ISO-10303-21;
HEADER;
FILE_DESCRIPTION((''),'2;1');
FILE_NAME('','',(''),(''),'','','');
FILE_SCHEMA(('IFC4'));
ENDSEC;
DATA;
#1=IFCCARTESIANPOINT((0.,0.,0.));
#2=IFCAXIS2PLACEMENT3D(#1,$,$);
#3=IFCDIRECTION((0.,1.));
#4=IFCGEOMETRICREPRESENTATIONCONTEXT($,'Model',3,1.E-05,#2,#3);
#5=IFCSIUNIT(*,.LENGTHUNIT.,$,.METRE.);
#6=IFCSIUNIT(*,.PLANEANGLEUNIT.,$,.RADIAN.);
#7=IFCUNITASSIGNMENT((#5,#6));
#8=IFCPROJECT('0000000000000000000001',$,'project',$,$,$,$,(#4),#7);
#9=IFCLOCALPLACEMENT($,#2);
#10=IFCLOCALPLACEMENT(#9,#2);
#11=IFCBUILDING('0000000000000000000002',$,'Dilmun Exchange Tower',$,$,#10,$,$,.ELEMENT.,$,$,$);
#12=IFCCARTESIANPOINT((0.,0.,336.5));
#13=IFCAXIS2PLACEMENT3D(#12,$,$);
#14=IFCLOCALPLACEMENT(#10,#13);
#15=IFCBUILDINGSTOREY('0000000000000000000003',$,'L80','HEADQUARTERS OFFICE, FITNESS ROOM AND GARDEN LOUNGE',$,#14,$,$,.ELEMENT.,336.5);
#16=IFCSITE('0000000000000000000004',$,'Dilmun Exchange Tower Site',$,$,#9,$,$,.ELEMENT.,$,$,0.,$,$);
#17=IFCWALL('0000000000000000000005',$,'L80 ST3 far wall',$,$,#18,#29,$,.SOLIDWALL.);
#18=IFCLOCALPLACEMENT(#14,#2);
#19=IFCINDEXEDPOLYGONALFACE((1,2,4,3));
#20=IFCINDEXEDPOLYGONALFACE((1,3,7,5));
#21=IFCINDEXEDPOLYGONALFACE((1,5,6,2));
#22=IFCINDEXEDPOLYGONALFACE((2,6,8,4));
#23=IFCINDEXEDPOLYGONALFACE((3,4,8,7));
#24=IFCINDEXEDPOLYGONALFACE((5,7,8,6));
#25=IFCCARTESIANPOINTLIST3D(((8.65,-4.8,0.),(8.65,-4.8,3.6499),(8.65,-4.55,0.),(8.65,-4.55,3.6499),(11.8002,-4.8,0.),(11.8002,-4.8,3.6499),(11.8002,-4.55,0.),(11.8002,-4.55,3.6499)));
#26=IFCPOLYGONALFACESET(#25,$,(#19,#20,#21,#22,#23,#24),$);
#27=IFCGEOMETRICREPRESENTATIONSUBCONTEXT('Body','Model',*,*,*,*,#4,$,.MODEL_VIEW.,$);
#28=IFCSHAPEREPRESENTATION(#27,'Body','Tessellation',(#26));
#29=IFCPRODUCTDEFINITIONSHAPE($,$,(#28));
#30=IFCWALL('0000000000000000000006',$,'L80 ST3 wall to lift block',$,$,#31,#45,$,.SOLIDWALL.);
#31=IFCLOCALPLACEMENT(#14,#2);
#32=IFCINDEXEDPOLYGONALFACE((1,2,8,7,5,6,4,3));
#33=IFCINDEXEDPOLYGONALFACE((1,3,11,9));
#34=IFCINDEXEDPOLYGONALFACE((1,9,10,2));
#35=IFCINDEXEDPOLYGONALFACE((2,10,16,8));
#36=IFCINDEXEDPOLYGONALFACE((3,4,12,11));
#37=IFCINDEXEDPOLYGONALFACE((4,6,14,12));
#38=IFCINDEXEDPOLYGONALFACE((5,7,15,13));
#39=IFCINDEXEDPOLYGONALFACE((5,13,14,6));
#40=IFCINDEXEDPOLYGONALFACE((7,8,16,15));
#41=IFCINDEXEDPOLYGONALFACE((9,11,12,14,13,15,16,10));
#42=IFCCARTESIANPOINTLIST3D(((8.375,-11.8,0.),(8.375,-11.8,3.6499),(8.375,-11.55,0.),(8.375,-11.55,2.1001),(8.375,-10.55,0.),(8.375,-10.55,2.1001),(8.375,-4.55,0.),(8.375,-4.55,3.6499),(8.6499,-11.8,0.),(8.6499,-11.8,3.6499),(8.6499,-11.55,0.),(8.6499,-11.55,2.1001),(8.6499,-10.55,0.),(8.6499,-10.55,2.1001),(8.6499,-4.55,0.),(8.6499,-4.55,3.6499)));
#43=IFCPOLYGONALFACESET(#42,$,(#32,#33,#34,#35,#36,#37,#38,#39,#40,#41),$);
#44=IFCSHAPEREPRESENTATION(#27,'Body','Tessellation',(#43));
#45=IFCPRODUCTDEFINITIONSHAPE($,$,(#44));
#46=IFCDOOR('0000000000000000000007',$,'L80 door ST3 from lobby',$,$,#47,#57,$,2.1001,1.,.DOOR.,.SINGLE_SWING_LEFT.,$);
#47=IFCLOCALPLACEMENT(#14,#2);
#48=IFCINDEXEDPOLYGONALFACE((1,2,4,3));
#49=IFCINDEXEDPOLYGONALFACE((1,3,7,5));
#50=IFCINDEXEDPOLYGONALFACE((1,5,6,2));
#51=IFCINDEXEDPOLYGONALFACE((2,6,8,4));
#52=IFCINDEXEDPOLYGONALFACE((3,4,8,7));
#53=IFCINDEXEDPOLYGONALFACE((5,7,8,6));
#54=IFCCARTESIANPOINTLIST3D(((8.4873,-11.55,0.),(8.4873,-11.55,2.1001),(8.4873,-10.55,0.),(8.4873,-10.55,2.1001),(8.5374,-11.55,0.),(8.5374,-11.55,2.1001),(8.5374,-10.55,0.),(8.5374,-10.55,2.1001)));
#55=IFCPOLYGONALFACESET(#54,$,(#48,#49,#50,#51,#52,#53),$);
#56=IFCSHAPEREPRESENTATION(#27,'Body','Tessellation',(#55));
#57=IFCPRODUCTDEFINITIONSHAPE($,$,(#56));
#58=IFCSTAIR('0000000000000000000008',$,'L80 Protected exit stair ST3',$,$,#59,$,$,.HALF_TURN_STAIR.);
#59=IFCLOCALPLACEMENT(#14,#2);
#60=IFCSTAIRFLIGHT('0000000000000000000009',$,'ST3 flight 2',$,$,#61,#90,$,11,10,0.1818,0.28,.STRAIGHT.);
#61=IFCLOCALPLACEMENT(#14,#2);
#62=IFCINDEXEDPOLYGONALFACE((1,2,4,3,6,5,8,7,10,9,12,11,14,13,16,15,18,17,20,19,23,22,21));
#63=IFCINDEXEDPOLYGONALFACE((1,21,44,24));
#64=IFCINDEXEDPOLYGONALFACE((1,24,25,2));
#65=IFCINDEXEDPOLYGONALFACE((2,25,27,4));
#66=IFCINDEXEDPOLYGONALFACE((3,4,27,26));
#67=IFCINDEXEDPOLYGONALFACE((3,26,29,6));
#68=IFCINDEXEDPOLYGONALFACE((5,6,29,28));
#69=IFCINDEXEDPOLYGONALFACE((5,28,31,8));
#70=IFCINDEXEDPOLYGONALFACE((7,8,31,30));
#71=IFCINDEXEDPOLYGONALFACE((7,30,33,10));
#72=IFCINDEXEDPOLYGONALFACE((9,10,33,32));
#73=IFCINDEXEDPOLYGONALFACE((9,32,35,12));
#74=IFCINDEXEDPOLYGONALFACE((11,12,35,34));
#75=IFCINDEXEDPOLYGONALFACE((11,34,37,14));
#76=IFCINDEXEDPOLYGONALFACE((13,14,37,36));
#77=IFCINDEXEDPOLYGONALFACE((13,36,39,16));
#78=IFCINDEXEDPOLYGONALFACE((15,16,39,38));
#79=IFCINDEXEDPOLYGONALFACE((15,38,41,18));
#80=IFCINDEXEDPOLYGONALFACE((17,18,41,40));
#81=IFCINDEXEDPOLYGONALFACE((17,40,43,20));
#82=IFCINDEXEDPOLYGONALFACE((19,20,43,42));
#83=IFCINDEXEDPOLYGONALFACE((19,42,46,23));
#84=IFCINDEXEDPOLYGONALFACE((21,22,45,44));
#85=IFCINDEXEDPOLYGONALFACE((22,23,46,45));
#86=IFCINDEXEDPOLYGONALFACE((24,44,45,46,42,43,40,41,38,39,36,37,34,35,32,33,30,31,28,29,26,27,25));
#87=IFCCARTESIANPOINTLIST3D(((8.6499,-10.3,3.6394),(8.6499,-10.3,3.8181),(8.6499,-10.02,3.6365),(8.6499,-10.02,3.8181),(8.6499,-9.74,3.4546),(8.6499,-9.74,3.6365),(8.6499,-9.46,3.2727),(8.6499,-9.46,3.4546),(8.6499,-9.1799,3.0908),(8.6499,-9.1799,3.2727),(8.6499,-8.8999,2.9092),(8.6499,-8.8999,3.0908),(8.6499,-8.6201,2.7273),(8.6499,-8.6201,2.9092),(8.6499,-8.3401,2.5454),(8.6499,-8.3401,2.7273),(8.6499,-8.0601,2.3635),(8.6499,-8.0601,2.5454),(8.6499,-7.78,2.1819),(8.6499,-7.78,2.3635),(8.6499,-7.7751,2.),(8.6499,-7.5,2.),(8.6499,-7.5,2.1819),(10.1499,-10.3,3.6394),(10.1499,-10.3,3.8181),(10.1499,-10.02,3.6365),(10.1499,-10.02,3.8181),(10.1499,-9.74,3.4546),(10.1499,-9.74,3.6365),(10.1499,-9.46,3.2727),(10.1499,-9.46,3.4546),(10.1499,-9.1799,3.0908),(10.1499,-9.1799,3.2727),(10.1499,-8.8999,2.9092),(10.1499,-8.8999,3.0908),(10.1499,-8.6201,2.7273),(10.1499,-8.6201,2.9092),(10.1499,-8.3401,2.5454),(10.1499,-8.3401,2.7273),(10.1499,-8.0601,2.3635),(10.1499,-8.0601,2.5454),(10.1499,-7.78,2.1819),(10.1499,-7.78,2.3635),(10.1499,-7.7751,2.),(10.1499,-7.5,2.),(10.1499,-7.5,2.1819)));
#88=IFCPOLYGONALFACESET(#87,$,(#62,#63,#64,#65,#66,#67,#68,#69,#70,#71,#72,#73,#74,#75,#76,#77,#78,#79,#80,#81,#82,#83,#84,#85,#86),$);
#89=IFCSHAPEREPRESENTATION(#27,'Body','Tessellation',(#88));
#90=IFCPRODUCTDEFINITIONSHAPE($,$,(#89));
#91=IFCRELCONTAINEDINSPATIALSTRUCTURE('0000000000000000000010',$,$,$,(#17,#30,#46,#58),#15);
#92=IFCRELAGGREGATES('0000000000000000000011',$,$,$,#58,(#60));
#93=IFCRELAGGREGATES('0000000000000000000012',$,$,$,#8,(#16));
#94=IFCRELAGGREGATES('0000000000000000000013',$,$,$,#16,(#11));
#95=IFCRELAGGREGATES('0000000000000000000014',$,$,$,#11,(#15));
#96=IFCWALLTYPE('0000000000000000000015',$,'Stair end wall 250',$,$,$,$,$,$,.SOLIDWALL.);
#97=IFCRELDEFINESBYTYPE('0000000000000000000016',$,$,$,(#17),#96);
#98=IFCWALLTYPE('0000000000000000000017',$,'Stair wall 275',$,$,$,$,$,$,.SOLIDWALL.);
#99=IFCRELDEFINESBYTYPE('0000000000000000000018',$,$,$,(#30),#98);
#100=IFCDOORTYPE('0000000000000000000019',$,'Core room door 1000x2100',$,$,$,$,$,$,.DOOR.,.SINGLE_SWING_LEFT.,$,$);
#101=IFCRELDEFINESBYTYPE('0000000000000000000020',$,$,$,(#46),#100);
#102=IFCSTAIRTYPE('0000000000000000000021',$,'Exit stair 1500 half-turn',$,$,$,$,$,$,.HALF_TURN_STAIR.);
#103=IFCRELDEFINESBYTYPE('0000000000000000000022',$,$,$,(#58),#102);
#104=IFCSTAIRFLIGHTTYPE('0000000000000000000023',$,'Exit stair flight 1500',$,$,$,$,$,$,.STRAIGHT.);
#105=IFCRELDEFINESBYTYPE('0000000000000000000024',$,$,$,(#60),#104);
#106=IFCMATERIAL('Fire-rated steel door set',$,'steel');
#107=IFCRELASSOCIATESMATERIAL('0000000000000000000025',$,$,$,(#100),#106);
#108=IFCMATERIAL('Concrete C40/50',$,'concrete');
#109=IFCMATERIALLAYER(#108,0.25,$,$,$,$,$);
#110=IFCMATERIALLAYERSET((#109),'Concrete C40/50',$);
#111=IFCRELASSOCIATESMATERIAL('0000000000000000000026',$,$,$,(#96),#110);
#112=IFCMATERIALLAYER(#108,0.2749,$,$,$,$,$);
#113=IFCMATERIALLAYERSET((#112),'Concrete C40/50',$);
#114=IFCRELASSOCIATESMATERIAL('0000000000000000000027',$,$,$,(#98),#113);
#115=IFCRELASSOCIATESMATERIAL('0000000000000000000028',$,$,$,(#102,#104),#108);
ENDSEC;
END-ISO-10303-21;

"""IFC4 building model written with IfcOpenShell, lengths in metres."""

from ifc_helpers import new_model, si_unit, direction, frame, frame_2d, origin, place, context, subcontext, project, spatial, polyline, rectangle, outline, extrude, material, layer, layer_set, type_object, element, fill, aggregate, save


model = new_model("IFC4")

# Units and contexts
model_context = context("Model", 3, precision=1e-05, world=origin(), true_north=direction((0.0, 1.0)))
body_context = subcontext(model_context, "Body", "Model", "MODEL_VIEW")
ifc_project = project(units=[si_unit("LENGTHUNIT", "METRE"), si_unit("PLANEANGLEUNIT", "RADIAN")], contexts=[model_context])

# Site, building, storey
site_placement = place(None, origin())
site = spatial("IfcSite", under=ifc_project, at=site_placement, Name="Dilmun Exchange Tower Site", CompositionType="ELEMENT", RefElevation=0.0)
building_placement = place(site_placement, origin())
building = spatial("IfcBuilding", under=site, at=building_placement, Name="Dilmun Exchange Tower", CompositionType="ELEMENT")
storey_placement = place(building_placement, frame((0.0, 0.0, 336.5)))
storey = spatial("IfcBuildingStorey", under=building, at=storey_placement, Name="L80", Description="HEADQUARTERS OFFICE, FITNESS ROOM AND GARDEN LOUNGE", CompositionType="ELEMENT", Elevation=336.5)

# Shared definitions
ifc_material_1 = material(Name="Concrete C40/50", Category="concrete")

# Shared definitions
ifc_material_2 = material(Name="Fire-rated steel door set", Category="steel")
door_type_1 = type_object("IfcDoorType", Name="Core room door 1000x2100", OperationType="SINGLE_SWING_LEFT", PredefinedType="DOOR", material=ifc_material_2)

# Wall
ifc_layer_1 = layer(ifc_material_1, 0.25)
ifc_layer_set_1 = layer_set([ifc_layer_1], Name="Concrete C40/50")
wall_type_1 = type_object("IfcWallType", Name="Stair end wall 250", PredefinedType="SOLIDWALL", material=ifc_layer_set_1)
wall_1_placement = place(storey_placement, frame((8.6499, -4.675, 0.0), z_axis=(0.0, 0.0, 1.0), x_axis=(1.0, 0.0, 0.0)))
element("IfcWall", 1, at=wall_1_placement, inside=storey, type_object=wall_type_1, Name="L80 ST3 far wall", PredefinedType="SOLIDWALL", context=body_context, shape_type="SweptSolid", body=[
    extrude(rectangle(XDim=3.1501, YDim=0.25, at=frame_2d((1.5752, 0.0))), origin(), (0.0, 0.0, 1.0), 3.6499),
])

# Wall, opening, door
ifc_layer_2 = layer(ifc_material_1, 0.2749)
ifc_layer_set_2 = layer_set([ifc_layer_2], Name="Concrete C40/50")
wall_type_2 = type_object("IfcWallType", Name="Stair wall 275", PredefinedType="SOLIDWALL", material=ifc_layer_set_2)
wall_2_placement = place(storey_placement, frame((8.5125, -4.55, 0.0), z_axis=(0.0, 0.0, 1.0), x_axis=(0.0, -1.0, 0.0)))
wall_2 = element("IfcWall", 2, at=wall_2_placement, inside=storey, type_object=wall_type_2, Name="L80 ST3 wall to lift block", PredefinedType="SOLIDWALL", context=body_context, shape_type="SweptSolid", body=[
    extrude(rectangle(XDim=7.25, YDim=0.2749, at=frame_2d((3.625, 0.0))), origin(), (0.0, 0.0, 1.0), 3.6499),
])
opening_1_placement = place(wall_2_placement, frame((6.0, 0.0, 0.0)))
opening_1 = element("IfcOpeningElement", 3, at=opening_1_placement, cuts=wall_2, PredefinedType="OPENING", context=body_context, shape_type="SweptSolid", body=[
    extrude(rectangle(XDim=1.0, YDim=2.1001, at=frame_2d((0.5, 1.05))), frame((0.0, 0.1475, 0.0), z_axis=(0.0, -1.0, 0.0), x_axis=(1.0, 0.0, 0.0)), (0.0, 0.0, 1.0), 0.2949),
])
door_1_placement = place(opening_1_placement, origin())
door_1 = element("IfcDoor", 4, at=door_1_placement, inside=storey, type_object=door_type_1, Name="L80 door ST3 from lobby", OperationType="SINGLE_SWING_LEFT", OverallHeight=2.1001, OverallWidth=1.0, PredefinedType="DOOR", context=body_context, shape_type="SweptSolid", body=[
    extrude(rectangle(XDim=1.0, YDim=2.1001, at=frame_2d((0.5, 1.05))), frame((0.0, 0.0249, 0.0), z_axis=(0.0, -1.0, 0.0), x_axis=(1.0, 0.0, 0.0)), (0.0, 0.0, 1.0), 0.05),
])
fill(opening_1, door_1)

# Stair, stair flight
stair_type = type_object("IfcStairType", Name="Exit stair 1500 half-turn", PredefinedType="HALF_TURN_STAIR", material=ifc_material_1)
stair_placement = place(storey_placement, origin())
stair = element("IfcStair", 5, at=stair_placement, inside=storey, type_object=stair_type, Name="L80 Protected exit stair ST3", PredefinedType="HALF_TURN_STAIR")
stair_flight_type = type_object("IfcStairFlightType", Name="Exit stair flight 1500", PredefinedType="STRAIGHT", material=ifc_material_1)
stair_flight_placement = place(storey_placement, frame((9.3999, -7.5, 2.0), z_axis=(0.0, 0.0, 1.0), x_axis=(0.0, -1.0, 0.0)))
stair_flight = element("IfcStairFlight", 6, at=stair_flight_placement, type_object=stair_flight_type, Name="ST3 flight 2", NumberOfRisers=11, NumberOfTreads=10, PredefinedType="STRAIGHT", RiserHeight=0.1818, TreadLength=0.28, context=body_context, shape_type="SweptSolid", body=[
    extrude(outline(polyline([(0.0, 0.0), (0.0, 0.1819), (0.28, 0.1819), (0.28, 0.3635), (0.5601, 0.3635), (0.5601, 0.5454), (0.8401, 0.5454), (0.8401, 0.7273), (1.1201, 0.7273), (1.1201, 0.9092), (1.3999, 0.9092), (1.3999, 1.0908), (1.6799, 1.0908), (1.6799, 1.2727), (1.96, 1.2727), (1.96, 1.4546), (2.24, 1.4546), (2.24, 1.6365), (2.52, 1.6365), (2.52, 1.8181), (2.8, 1.8181), (2.8, 2.0), (2.8, 1.6394), (0.2751, 0.0), (0.0, 0.0)])), frame((0.0, 0.75, 0.0), z_axis=(0.0, -1.0, 0.0), x_axis=(1.0, 0.0, 0.0)), (0.0, 0.0, 1.0), 1.5),
])
aggregate(stair, [stair_flight])

save(model, "model.ifc")
